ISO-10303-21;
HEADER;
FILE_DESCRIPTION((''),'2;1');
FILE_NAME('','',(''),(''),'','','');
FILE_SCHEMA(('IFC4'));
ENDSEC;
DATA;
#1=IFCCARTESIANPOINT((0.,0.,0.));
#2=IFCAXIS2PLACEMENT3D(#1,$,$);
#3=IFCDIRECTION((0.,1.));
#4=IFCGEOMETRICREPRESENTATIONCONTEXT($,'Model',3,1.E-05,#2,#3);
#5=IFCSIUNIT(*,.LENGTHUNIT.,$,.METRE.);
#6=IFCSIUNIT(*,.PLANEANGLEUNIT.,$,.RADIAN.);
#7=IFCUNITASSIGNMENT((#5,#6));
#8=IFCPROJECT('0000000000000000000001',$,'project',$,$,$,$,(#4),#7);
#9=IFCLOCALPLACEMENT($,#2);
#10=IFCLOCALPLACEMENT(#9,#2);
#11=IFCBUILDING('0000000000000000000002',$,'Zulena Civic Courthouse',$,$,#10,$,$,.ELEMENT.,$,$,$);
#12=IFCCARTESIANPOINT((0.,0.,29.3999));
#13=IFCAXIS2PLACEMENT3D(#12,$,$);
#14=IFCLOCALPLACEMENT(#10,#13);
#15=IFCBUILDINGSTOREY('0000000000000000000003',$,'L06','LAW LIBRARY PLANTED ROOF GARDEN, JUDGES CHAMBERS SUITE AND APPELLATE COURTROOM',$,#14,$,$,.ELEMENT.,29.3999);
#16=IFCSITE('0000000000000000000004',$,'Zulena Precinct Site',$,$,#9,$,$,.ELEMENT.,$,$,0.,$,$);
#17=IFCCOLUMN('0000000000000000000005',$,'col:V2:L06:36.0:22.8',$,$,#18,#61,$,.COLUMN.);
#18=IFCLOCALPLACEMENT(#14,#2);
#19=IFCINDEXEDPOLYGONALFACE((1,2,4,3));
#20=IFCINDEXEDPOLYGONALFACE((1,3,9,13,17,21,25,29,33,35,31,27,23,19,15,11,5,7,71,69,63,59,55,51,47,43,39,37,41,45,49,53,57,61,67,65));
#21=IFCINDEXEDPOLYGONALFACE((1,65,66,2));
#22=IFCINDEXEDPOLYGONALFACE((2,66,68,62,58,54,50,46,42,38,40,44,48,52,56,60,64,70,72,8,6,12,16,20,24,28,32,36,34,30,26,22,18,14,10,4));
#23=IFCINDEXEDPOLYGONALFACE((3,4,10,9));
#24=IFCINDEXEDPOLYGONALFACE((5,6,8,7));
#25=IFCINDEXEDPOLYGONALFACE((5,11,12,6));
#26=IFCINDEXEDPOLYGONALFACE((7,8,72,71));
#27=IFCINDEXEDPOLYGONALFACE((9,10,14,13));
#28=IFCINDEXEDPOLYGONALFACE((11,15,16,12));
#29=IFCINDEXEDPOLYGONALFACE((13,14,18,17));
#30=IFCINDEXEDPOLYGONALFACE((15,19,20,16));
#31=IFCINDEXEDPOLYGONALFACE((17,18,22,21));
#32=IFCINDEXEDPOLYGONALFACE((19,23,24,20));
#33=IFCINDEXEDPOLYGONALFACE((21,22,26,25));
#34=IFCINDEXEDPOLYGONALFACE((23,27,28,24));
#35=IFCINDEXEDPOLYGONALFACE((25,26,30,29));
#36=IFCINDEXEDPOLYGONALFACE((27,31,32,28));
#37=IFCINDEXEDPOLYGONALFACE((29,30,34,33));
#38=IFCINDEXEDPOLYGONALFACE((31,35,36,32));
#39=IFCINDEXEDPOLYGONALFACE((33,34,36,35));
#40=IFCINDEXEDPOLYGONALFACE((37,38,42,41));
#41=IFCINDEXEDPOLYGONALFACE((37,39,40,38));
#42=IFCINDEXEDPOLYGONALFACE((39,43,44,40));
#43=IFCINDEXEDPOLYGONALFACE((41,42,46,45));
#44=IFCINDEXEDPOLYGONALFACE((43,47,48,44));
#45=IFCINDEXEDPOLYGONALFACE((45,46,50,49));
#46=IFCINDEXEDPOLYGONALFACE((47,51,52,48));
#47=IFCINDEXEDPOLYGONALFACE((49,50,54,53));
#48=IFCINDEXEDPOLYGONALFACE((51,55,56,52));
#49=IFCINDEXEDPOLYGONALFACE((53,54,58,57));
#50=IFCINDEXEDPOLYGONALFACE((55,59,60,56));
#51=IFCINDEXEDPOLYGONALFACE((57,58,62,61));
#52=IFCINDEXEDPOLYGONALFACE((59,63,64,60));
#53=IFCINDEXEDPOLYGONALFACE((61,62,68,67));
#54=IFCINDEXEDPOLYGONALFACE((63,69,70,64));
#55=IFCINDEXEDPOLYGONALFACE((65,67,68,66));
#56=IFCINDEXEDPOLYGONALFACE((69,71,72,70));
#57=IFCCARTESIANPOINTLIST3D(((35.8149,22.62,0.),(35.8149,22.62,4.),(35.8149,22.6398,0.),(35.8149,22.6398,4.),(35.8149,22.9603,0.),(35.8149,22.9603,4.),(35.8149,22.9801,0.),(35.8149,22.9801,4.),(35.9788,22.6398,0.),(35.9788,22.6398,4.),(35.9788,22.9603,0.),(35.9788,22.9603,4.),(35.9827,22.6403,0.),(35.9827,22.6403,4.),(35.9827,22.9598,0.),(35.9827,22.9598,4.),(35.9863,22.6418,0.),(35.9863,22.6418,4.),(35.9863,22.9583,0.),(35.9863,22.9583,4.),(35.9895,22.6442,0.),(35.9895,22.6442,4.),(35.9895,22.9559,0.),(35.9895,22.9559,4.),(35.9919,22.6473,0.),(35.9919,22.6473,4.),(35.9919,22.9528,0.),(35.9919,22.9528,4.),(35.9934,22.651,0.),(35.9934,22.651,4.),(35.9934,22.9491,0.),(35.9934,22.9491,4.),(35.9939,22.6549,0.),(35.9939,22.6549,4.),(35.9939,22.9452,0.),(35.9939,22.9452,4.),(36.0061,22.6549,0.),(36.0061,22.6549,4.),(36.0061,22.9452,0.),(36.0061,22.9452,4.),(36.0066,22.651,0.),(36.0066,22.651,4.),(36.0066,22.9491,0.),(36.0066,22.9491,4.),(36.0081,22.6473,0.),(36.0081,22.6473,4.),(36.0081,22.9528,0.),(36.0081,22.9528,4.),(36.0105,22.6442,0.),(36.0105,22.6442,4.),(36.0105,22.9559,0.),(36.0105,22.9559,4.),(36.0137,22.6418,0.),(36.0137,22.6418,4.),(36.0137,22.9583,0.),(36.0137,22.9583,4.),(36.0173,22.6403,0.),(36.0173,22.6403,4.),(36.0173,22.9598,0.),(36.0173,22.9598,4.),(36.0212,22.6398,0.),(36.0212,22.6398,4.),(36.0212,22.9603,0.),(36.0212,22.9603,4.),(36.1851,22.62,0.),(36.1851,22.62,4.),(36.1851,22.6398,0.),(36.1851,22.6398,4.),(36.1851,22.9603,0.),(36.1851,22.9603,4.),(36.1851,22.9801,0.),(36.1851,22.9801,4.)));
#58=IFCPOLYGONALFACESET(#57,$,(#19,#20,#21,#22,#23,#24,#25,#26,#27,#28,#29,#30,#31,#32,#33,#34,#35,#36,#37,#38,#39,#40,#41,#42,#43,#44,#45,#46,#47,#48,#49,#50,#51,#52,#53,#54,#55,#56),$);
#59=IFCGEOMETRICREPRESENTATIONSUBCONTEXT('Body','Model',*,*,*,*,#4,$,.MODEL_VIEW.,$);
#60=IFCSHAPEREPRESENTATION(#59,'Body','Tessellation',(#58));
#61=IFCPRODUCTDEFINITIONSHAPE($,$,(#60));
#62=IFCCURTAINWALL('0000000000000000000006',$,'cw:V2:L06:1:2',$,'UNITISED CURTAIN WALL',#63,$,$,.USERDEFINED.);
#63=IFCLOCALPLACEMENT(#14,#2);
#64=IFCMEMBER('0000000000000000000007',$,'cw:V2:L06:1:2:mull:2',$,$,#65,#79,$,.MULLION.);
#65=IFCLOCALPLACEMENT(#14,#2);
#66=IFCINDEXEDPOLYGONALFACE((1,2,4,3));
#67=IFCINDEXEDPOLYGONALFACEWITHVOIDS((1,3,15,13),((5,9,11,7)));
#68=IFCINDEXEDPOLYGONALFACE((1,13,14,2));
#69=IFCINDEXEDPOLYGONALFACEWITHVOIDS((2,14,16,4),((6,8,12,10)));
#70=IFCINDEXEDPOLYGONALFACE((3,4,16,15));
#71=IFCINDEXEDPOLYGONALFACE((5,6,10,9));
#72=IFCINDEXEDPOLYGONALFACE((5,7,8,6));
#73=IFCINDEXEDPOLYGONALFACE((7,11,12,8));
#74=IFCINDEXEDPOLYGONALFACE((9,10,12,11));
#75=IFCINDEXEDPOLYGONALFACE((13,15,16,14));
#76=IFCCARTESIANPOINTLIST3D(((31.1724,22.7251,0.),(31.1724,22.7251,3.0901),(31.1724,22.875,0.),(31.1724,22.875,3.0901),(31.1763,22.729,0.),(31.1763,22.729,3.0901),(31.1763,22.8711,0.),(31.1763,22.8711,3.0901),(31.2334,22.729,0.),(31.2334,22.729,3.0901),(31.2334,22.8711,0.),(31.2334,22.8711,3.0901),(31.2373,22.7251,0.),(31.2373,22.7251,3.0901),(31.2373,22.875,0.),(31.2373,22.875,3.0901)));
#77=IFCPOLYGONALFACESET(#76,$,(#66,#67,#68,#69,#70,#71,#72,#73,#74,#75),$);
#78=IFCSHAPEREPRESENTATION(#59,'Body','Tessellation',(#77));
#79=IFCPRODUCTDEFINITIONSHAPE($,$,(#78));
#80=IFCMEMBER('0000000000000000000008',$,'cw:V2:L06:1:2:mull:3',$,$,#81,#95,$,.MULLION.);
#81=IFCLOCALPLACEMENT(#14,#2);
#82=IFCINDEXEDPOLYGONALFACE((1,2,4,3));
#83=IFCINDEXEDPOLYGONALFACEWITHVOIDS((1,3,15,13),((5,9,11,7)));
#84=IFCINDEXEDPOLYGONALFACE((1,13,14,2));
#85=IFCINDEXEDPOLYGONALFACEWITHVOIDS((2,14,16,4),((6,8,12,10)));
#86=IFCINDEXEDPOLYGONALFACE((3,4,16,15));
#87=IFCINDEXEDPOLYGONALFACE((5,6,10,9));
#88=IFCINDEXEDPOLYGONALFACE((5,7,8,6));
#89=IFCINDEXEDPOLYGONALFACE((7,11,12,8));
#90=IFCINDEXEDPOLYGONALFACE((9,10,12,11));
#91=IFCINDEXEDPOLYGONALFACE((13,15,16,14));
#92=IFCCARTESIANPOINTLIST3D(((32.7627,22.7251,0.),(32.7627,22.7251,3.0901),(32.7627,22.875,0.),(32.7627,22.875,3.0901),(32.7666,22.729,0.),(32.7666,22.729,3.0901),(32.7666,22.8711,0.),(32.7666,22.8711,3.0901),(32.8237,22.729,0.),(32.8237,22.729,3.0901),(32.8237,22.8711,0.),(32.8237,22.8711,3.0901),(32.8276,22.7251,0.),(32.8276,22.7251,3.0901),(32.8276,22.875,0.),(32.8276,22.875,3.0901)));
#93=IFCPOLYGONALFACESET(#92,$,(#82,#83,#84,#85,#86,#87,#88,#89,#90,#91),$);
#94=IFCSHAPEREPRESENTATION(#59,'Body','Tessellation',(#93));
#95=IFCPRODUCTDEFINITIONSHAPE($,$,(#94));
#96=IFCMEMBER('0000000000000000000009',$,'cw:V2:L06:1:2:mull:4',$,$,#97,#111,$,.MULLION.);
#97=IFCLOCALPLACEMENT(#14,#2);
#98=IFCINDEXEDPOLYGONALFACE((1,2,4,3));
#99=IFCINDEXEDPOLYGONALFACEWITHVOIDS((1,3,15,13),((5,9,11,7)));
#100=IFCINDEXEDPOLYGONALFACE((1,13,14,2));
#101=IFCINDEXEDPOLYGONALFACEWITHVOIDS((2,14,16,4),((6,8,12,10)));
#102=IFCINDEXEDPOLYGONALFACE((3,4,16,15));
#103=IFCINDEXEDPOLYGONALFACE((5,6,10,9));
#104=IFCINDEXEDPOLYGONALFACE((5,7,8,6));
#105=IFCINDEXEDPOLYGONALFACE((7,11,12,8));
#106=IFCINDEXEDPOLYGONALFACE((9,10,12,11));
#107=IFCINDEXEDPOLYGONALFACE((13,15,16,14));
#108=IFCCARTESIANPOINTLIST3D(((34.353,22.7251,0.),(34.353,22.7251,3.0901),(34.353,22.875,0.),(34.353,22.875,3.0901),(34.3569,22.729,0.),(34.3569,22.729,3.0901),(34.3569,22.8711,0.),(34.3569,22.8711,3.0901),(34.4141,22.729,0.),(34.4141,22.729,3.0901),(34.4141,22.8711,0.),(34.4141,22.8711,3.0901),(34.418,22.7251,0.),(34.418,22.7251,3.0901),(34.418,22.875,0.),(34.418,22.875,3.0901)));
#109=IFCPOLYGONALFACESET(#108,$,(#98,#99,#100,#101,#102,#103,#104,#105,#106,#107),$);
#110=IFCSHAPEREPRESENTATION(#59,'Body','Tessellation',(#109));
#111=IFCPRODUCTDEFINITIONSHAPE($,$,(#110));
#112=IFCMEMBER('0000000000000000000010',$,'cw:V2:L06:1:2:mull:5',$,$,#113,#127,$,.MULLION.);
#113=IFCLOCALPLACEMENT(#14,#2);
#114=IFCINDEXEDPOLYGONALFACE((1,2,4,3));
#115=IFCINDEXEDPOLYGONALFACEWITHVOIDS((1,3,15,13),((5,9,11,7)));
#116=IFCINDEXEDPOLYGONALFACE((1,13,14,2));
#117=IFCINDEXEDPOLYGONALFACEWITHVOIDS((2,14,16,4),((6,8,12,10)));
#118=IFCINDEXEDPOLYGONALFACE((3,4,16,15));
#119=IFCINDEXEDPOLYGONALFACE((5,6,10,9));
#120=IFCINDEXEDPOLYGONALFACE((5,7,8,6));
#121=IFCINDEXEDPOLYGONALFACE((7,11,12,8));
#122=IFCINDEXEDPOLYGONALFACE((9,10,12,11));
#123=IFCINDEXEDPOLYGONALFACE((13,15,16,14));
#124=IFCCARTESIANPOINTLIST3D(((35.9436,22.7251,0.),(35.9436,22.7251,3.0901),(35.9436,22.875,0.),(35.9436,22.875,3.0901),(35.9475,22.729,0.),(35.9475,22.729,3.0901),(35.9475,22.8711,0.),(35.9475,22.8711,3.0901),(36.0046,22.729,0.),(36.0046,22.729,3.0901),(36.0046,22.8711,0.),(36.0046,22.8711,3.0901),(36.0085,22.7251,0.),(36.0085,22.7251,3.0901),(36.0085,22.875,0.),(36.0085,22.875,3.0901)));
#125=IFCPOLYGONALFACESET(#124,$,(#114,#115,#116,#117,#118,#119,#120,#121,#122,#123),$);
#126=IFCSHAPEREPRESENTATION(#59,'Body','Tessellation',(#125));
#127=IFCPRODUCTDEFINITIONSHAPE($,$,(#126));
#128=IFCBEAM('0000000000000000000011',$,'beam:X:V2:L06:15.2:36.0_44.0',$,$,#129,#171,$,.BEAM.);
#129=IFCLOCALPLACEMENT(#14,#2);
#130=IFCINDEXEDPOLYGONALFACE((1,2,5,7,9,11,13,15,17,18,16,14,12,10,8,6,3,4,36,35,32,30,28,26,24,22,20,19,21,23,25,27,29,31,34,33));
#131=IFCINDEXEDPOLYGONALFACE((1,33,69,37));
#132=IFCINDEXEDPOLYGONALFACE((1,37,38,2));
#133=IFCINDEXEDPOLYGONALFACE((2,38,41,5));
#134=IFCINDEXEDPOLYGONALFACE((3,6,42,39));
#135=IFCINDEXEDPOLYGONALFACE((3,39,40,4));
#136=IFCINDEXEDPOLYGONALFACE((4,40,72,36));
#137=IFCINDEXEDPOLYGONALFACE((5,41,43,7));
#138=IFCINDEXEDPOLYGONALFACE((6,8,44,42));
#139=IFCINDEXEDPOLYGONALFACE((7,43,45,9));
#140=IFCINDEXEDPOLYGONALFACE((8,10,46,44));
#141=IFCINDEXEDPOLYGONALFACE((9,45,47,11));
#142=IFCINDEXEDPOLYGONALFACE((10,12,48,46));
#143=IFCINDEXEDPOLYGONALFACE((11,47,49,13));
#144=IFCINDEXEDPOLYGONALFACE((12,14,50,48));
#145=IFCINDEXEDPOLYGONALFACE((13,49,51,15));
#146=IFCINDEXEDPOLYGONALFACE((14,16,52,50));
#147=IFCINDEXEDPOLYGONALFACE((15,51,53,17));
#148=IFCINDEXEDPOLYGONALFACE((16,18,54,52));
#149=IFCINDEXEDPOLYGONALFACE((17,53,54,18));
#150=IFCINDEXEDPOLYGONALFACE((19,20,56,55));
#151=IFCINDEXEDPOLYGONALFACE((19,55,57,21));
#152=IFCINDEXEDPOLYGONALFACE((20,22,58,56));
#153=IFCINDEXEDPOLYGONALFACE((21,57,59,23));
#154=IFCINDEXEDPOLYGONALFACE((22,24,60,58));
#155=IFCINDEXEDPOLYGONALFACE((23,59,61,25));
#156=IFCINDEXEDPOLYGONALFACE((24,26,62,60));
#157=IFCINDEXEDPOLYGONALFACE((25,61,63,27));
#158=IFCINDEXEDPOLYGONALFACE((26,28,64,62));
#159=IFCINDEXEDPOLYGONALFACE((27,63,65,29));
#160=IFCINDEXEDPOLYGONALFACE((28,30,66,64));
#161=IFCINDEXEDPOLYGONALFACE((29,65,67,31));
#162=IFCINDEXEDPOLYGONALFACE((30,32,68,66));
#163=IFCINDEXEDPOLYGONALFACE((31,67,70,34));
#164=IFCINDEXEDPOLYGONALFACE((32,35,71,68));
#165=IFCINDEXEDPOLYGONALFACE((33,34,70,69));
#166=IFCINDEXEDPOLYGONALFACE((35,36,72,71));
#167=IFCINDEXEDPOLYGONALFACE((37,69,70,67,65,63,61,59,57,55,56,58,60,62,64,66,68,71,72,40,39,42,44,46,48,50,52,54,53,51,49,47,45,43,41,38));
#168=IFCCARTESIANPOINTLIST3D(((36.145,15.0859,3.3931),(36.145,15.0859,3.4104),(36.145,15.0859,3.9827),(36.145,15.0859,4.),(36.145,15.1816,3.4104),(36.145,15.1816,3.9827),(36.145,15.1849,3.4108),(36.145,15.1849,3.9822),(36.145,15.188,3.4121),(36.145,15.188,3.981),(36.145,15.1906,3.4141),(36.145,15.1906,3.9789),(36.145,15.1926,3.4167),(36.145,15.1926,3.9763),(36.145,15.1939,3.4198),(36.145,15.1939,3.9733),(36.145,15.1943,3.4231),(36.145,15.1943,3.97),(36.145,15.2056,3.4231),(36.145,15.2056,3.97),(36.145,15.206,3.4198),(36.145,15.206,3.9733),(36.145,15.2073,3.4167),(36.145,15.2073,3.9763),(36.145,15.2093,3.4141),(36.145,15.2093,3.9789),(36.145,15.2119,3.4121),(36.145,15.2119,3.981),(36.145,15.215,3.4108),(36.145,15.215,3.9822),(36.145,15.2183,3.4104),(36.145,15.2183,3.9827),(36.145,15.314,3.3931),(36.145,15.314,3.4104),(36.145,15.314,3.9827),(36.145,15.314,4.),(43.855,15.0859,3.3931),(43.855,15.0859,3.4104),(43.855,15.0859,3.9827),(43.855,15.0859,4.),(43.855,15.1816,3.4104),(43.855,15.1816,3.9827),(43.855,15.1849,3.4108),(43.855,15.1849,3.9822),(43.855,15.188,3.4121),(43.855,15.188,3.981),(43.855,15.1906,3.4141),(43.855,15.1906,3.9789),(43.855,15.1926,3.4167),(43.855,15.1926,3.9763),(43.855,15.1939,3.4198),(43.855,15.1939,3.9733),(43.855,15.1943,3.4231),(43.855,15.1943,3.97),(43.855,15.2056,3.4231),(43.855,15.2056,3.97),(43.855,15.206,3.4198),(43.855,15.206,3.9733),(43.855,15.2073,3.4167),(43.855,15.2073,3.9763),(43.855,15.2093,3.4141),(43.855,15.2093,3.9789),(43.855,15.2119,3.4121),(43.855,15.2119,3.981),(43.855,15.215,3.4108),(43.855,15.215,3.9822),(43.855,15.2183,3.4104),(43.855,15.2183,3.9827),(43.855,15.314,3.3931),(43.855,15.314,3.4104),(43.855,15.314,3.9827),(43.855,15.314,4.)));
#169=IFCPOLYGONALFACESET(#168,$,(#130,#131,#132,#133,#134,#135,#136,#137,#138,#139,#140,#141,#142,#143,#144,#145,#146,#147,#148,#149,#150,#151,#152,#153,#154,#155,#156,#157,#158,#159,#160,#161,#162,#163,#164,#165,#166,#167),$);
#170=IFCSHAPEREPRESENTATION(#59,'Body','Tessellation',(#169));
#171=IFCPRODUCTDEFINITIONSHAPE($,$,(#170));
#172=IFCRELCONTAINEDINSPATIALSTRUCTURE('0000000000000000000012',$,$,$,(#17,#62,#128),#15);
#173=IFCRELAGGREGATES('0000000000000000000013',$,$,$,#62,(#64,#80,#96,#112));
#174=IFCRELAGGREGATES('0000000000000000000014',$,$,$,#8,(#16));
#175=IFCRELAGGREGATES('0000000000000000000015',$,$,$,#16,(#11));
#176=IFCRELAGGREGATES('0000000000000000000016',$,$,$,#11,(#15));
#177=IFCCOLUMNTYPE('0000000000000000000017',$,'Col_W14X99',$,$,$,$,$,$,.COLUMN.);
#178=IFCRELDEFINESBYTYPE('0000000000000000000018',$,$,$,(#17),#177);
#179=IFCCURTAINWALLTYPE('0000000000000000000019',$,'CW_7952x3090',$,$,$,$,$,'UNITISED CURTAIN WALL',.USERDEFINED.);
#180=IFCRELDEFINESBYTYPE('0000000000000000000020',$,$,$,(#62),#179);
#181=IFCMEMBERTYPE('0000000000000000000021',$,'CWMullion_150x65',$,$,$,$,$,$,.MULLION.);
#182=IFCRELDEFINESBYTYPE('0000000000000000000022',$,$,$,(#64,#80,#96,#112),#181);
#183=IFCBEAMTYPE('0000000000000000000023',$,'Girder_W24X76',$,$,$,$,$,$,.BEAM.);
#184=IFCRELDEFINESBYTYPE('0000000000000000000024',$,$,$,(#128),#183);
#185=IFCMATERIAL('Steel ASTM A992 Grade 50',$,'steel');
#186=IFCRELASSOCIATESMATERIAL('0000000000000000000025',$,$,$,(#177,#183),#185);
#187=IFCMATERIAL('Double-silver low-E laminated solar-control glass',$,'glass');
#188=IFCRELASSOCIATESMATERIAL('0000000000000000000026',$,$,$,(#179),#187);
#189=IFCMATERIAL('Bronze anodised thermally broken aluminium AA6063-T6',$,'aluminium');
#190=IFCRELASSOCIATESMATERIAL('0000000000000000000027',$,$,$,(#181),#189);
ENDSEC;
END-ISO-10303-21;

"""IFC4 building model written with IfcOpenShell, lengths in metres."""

from ifc_helpers import new_model, si_unit, direction, frame, origin, origin_2d, place, context, subcontext, project, spatial, hollow_rectangle, i_section, extrude, material, material_profile, profile_set, type_object, element, aggregate, save


model = new_model("IFC4")

# Units and contexts
model_context = context("Model", 3, precision=1e-05, world=origin(), true_north=direction((0.0, 1.0)))
body_context = subcontext(model_context, "Body", "Model", "MODEL_VIEW")
ifc_project = project(units=[si_unit("LENGTHUNIT", "METRE"), si_unit("PLANEANGLEUNIT", "RADIAN")], contexts=[model_context])

# Site, building, storey
site_placement = place(None, origin())
site = spatial("IfcSite", under=ifc_project, at=site_placement, Name="Zulena Precinct Site", CompositionType="ELEMENT", RefElevation=0.0)
building_placement = place(site_placement, origin())
building = spatial("IfcBuilding", under=site, at=building_placement, Name="Zulena Civic Courthouse", CompositionType="ELEMENT")
storey_placement = place(building_placement, frame((0.0, 0.0, 29.3999)))
storey = spatial("IfcBuildingStorey", under=building, at=storey_placement, Name="L06", Description="LAW LIBRARY PLANTED ROOF GARDEN, JUDGES CHAMBERS SUITE AND APPELLATE COURTROOM", CompositionType="ELEMENT", Elevation=29.3999)

# Column
ifc_material_1 = material(Name="Steel ASTM A992 Grade 50", Category="steel")
ifc_material_profile_1 = material_profile(ifc_material_1, i_section(OverallWidth=0.3701, OverallDepth=0.3601, WebThickness=0.0122, FlangeThickness=0.0198, FilletRadius=0.0151, at=origin_2d()), Name="W14X99")
ifc_profile_set_1 = profile_set([ifc_material_profile_1], Name="Steel ASTM A992 Grade 50")
column_type = type_object("IfcColumnType", Name="Col_W14X99", PredefinedType="COLUMN", material=ifc_profile_set_1)
column_placement = place(storey_placement, frame((36.0, 22.8, 0.0), z_axis=(0.0, 0.0, 1.0), x_axis=(1.0, 0.0, 0.0)))
element("IfcColumn", 1, at=column_placement, inside=storey, type_object=column_type, Name="col:V2:L06:36.0:22.8", PredefinedType="COLUMN", context=body_context, shape_type="SweptSolid", body=[
    extrude(i_section(OverallWidth=0.3701, OverallDepth=0.3601, WebThickness=0.0122, FlangeThickness=0.0198, FilletRadius=0.0151, at=origin_2d()), origin(), (0.0, 0.0, 1.0), 4.0),
])

# Curtain wall, members
ifc_material_2 = material(Name="Double-silver low-E laminated solar-control glass", Category="glass")
curtain_wall_type = type_object("IfcCurtainWallType", Name="CW_7952x3090", ElementType="UNITISED CURTAIN WALL", PredefinedType="USERDEFINED", material=ifc_material_2)
curtain_wall_placement = place(storey_placement, origin())
curtain_wall = element("IfcCurtainWall", 2, at=curtain_wall_placement, inside=storey, type_object=curtain_wall_type, Name="cw:V2:L06:1:2", ObjectType="UNITISED CURTAIN WALL", PredefinedType="USERDEFINED")
ifc_material_3 = material(Name="Bronze anodised thermally broken aluminium AA6063-T6", Category="aluminium")
ifc_material_profile_2 = material_profile(ifc_material_3, hollow_rectangle(XDim=0.0649, YDim=0.1499, WallThickness=0.0039, at=origin_2d()), Name="CWM150X65X4")
ifc_profile_set_2 = profile_set([ifc_material_profile_2], Name="Bronze anodised thermally broken aluminium AA6063-T6")
member_type = type_object("IfcMemberType", Name="CWMullion_150x65", PredefinedType="MULLION", material=ifc_profile_set_2)
member_1_placement = place(storey_placement, frame((31.2048, 22.8, 0.0), z_axis=(0.0, 0.0, 1.0), x_axis=(1.0, 0.0, 0.0)))
member_1 = element("IfcMember", 3, at=member_1_placement, type_object=member_type, Name="cw:V2:L06:1:2:mull:2", PredefinedType="MULLION", context=body_context, shape_type="SweptSolid", body=[
    extrude(hollow_rectangle(XDim=0.0649, YDim=0.1499, WallThickness=0.0039, at=origin_2d()), origin(), (0.0, 0.0, 1.0), 3.0901),
])
member_2_placement = place(storey_placement, frame((32.7952, 22.8, 0.0), z_axis=(0.0, 0.0, 1.0), x_axis=(1.0, 0.0, 0.0)))
member_2 = element("IfcMember", 4, at=member_2_placement, type_object=member_type, Name="cw:V2:L06:1:2:mull:3", PredefinedType="MULLION", context=body_context, shape_type="SweptSolid", body=[
    extrude(hollow_rectangle(XDim=0.0649, YDim=0.1499, WallThickness=0.0039, at=origin_2d()), origin(), (0.0, 0.0, 1.0), 3.0901),
])
member_3_placement = place(storey_placement, frame((34.3855, 22.8, 0.0), z_axis=(0.0, 0.0, 1.0), x_axis=(1.0, 0.0, 0.0)))
member_3 = element("IfcMember", 5, at=member_3_placement, type_object=member_type, Name="cw:V2:L06:1:2:mull:4", PredefinedType="MULLION", context=body_context, shape_type="SweptSolid", body=[
    extrude(hollow_rectangle(XDim=0.0649, YDim=0.1499, WallThickness=0.0039, at=origin_2d()), origin(), (0.0, 0.0, 1.0), 3.0901),
])
member_4_placement = place(storey_placement, frame((35.9761, 22.8, 0.0), z_axis=(0.0, 0.0, 1.0), x_axis=(1.0, 0.0, 0.0)))
member_4 = element("IfcMember", 6, at=member_4_placement, type_object=member_type, Name="cw:V2:L06:1:2:mull:5", PredefinedType="MULLION", context=body_context, shape_type="SweptSolid", body=[
    extrude(hollow_rectangle(XDim=0.0649, YDim=0.1499, WallThickness=0.0039, at=origin_2d()), origin(), (0.0, 0.0, 1.0), 3.0901),
])

# Beam
ifc_material_profile_3 = material_profile(ifc_material_1, i_section(OverallWidth=0.228, OverallDepth=0.6069, WebThickness=0.0112, FlangeThickness=0.0173, FilletRadius=0.0127, at=origin_2d()), Name="W24X76")
ifc_profile_set_3 = profile_set([ifc_material_profile_3], Name="Steel ASTM A992 Grade 50")
beam_type_1 = type_object("IfcBeamType", Name="Girder_W24X76", PredefinedType="BEAM", material=ifc_profile_set_3)
beam_1_placement = place(storey_placement, frame((36.145, 15.2, 3.6965), z_axis=(1.0, 0.0, 0.0), x_axis=(0.0, 1.0, 0.0)))
element("IfcBeam", 7, at=beam_1_placement, inside=storey, type_object=beam_type_1, Name="beam:X:V2:L06:15.2:36.0_44.0", PredefinedType="BEAM", context=body_context, shape_type="SweptSolid", body=[
    extrude(i_section(OverallWidth=0.228, OverallDepth=0.6069, WebThickness=0.0112, FlangeThickness=0.0173, FilletRadius=0.0127, at=origin_2d()), origin(), (0.0, 0.0, 1.0), 7.71),
])

aggregate(curtain_wall, [member_1, member_2, member_3, member_4])

save(model, "model.ifc")
